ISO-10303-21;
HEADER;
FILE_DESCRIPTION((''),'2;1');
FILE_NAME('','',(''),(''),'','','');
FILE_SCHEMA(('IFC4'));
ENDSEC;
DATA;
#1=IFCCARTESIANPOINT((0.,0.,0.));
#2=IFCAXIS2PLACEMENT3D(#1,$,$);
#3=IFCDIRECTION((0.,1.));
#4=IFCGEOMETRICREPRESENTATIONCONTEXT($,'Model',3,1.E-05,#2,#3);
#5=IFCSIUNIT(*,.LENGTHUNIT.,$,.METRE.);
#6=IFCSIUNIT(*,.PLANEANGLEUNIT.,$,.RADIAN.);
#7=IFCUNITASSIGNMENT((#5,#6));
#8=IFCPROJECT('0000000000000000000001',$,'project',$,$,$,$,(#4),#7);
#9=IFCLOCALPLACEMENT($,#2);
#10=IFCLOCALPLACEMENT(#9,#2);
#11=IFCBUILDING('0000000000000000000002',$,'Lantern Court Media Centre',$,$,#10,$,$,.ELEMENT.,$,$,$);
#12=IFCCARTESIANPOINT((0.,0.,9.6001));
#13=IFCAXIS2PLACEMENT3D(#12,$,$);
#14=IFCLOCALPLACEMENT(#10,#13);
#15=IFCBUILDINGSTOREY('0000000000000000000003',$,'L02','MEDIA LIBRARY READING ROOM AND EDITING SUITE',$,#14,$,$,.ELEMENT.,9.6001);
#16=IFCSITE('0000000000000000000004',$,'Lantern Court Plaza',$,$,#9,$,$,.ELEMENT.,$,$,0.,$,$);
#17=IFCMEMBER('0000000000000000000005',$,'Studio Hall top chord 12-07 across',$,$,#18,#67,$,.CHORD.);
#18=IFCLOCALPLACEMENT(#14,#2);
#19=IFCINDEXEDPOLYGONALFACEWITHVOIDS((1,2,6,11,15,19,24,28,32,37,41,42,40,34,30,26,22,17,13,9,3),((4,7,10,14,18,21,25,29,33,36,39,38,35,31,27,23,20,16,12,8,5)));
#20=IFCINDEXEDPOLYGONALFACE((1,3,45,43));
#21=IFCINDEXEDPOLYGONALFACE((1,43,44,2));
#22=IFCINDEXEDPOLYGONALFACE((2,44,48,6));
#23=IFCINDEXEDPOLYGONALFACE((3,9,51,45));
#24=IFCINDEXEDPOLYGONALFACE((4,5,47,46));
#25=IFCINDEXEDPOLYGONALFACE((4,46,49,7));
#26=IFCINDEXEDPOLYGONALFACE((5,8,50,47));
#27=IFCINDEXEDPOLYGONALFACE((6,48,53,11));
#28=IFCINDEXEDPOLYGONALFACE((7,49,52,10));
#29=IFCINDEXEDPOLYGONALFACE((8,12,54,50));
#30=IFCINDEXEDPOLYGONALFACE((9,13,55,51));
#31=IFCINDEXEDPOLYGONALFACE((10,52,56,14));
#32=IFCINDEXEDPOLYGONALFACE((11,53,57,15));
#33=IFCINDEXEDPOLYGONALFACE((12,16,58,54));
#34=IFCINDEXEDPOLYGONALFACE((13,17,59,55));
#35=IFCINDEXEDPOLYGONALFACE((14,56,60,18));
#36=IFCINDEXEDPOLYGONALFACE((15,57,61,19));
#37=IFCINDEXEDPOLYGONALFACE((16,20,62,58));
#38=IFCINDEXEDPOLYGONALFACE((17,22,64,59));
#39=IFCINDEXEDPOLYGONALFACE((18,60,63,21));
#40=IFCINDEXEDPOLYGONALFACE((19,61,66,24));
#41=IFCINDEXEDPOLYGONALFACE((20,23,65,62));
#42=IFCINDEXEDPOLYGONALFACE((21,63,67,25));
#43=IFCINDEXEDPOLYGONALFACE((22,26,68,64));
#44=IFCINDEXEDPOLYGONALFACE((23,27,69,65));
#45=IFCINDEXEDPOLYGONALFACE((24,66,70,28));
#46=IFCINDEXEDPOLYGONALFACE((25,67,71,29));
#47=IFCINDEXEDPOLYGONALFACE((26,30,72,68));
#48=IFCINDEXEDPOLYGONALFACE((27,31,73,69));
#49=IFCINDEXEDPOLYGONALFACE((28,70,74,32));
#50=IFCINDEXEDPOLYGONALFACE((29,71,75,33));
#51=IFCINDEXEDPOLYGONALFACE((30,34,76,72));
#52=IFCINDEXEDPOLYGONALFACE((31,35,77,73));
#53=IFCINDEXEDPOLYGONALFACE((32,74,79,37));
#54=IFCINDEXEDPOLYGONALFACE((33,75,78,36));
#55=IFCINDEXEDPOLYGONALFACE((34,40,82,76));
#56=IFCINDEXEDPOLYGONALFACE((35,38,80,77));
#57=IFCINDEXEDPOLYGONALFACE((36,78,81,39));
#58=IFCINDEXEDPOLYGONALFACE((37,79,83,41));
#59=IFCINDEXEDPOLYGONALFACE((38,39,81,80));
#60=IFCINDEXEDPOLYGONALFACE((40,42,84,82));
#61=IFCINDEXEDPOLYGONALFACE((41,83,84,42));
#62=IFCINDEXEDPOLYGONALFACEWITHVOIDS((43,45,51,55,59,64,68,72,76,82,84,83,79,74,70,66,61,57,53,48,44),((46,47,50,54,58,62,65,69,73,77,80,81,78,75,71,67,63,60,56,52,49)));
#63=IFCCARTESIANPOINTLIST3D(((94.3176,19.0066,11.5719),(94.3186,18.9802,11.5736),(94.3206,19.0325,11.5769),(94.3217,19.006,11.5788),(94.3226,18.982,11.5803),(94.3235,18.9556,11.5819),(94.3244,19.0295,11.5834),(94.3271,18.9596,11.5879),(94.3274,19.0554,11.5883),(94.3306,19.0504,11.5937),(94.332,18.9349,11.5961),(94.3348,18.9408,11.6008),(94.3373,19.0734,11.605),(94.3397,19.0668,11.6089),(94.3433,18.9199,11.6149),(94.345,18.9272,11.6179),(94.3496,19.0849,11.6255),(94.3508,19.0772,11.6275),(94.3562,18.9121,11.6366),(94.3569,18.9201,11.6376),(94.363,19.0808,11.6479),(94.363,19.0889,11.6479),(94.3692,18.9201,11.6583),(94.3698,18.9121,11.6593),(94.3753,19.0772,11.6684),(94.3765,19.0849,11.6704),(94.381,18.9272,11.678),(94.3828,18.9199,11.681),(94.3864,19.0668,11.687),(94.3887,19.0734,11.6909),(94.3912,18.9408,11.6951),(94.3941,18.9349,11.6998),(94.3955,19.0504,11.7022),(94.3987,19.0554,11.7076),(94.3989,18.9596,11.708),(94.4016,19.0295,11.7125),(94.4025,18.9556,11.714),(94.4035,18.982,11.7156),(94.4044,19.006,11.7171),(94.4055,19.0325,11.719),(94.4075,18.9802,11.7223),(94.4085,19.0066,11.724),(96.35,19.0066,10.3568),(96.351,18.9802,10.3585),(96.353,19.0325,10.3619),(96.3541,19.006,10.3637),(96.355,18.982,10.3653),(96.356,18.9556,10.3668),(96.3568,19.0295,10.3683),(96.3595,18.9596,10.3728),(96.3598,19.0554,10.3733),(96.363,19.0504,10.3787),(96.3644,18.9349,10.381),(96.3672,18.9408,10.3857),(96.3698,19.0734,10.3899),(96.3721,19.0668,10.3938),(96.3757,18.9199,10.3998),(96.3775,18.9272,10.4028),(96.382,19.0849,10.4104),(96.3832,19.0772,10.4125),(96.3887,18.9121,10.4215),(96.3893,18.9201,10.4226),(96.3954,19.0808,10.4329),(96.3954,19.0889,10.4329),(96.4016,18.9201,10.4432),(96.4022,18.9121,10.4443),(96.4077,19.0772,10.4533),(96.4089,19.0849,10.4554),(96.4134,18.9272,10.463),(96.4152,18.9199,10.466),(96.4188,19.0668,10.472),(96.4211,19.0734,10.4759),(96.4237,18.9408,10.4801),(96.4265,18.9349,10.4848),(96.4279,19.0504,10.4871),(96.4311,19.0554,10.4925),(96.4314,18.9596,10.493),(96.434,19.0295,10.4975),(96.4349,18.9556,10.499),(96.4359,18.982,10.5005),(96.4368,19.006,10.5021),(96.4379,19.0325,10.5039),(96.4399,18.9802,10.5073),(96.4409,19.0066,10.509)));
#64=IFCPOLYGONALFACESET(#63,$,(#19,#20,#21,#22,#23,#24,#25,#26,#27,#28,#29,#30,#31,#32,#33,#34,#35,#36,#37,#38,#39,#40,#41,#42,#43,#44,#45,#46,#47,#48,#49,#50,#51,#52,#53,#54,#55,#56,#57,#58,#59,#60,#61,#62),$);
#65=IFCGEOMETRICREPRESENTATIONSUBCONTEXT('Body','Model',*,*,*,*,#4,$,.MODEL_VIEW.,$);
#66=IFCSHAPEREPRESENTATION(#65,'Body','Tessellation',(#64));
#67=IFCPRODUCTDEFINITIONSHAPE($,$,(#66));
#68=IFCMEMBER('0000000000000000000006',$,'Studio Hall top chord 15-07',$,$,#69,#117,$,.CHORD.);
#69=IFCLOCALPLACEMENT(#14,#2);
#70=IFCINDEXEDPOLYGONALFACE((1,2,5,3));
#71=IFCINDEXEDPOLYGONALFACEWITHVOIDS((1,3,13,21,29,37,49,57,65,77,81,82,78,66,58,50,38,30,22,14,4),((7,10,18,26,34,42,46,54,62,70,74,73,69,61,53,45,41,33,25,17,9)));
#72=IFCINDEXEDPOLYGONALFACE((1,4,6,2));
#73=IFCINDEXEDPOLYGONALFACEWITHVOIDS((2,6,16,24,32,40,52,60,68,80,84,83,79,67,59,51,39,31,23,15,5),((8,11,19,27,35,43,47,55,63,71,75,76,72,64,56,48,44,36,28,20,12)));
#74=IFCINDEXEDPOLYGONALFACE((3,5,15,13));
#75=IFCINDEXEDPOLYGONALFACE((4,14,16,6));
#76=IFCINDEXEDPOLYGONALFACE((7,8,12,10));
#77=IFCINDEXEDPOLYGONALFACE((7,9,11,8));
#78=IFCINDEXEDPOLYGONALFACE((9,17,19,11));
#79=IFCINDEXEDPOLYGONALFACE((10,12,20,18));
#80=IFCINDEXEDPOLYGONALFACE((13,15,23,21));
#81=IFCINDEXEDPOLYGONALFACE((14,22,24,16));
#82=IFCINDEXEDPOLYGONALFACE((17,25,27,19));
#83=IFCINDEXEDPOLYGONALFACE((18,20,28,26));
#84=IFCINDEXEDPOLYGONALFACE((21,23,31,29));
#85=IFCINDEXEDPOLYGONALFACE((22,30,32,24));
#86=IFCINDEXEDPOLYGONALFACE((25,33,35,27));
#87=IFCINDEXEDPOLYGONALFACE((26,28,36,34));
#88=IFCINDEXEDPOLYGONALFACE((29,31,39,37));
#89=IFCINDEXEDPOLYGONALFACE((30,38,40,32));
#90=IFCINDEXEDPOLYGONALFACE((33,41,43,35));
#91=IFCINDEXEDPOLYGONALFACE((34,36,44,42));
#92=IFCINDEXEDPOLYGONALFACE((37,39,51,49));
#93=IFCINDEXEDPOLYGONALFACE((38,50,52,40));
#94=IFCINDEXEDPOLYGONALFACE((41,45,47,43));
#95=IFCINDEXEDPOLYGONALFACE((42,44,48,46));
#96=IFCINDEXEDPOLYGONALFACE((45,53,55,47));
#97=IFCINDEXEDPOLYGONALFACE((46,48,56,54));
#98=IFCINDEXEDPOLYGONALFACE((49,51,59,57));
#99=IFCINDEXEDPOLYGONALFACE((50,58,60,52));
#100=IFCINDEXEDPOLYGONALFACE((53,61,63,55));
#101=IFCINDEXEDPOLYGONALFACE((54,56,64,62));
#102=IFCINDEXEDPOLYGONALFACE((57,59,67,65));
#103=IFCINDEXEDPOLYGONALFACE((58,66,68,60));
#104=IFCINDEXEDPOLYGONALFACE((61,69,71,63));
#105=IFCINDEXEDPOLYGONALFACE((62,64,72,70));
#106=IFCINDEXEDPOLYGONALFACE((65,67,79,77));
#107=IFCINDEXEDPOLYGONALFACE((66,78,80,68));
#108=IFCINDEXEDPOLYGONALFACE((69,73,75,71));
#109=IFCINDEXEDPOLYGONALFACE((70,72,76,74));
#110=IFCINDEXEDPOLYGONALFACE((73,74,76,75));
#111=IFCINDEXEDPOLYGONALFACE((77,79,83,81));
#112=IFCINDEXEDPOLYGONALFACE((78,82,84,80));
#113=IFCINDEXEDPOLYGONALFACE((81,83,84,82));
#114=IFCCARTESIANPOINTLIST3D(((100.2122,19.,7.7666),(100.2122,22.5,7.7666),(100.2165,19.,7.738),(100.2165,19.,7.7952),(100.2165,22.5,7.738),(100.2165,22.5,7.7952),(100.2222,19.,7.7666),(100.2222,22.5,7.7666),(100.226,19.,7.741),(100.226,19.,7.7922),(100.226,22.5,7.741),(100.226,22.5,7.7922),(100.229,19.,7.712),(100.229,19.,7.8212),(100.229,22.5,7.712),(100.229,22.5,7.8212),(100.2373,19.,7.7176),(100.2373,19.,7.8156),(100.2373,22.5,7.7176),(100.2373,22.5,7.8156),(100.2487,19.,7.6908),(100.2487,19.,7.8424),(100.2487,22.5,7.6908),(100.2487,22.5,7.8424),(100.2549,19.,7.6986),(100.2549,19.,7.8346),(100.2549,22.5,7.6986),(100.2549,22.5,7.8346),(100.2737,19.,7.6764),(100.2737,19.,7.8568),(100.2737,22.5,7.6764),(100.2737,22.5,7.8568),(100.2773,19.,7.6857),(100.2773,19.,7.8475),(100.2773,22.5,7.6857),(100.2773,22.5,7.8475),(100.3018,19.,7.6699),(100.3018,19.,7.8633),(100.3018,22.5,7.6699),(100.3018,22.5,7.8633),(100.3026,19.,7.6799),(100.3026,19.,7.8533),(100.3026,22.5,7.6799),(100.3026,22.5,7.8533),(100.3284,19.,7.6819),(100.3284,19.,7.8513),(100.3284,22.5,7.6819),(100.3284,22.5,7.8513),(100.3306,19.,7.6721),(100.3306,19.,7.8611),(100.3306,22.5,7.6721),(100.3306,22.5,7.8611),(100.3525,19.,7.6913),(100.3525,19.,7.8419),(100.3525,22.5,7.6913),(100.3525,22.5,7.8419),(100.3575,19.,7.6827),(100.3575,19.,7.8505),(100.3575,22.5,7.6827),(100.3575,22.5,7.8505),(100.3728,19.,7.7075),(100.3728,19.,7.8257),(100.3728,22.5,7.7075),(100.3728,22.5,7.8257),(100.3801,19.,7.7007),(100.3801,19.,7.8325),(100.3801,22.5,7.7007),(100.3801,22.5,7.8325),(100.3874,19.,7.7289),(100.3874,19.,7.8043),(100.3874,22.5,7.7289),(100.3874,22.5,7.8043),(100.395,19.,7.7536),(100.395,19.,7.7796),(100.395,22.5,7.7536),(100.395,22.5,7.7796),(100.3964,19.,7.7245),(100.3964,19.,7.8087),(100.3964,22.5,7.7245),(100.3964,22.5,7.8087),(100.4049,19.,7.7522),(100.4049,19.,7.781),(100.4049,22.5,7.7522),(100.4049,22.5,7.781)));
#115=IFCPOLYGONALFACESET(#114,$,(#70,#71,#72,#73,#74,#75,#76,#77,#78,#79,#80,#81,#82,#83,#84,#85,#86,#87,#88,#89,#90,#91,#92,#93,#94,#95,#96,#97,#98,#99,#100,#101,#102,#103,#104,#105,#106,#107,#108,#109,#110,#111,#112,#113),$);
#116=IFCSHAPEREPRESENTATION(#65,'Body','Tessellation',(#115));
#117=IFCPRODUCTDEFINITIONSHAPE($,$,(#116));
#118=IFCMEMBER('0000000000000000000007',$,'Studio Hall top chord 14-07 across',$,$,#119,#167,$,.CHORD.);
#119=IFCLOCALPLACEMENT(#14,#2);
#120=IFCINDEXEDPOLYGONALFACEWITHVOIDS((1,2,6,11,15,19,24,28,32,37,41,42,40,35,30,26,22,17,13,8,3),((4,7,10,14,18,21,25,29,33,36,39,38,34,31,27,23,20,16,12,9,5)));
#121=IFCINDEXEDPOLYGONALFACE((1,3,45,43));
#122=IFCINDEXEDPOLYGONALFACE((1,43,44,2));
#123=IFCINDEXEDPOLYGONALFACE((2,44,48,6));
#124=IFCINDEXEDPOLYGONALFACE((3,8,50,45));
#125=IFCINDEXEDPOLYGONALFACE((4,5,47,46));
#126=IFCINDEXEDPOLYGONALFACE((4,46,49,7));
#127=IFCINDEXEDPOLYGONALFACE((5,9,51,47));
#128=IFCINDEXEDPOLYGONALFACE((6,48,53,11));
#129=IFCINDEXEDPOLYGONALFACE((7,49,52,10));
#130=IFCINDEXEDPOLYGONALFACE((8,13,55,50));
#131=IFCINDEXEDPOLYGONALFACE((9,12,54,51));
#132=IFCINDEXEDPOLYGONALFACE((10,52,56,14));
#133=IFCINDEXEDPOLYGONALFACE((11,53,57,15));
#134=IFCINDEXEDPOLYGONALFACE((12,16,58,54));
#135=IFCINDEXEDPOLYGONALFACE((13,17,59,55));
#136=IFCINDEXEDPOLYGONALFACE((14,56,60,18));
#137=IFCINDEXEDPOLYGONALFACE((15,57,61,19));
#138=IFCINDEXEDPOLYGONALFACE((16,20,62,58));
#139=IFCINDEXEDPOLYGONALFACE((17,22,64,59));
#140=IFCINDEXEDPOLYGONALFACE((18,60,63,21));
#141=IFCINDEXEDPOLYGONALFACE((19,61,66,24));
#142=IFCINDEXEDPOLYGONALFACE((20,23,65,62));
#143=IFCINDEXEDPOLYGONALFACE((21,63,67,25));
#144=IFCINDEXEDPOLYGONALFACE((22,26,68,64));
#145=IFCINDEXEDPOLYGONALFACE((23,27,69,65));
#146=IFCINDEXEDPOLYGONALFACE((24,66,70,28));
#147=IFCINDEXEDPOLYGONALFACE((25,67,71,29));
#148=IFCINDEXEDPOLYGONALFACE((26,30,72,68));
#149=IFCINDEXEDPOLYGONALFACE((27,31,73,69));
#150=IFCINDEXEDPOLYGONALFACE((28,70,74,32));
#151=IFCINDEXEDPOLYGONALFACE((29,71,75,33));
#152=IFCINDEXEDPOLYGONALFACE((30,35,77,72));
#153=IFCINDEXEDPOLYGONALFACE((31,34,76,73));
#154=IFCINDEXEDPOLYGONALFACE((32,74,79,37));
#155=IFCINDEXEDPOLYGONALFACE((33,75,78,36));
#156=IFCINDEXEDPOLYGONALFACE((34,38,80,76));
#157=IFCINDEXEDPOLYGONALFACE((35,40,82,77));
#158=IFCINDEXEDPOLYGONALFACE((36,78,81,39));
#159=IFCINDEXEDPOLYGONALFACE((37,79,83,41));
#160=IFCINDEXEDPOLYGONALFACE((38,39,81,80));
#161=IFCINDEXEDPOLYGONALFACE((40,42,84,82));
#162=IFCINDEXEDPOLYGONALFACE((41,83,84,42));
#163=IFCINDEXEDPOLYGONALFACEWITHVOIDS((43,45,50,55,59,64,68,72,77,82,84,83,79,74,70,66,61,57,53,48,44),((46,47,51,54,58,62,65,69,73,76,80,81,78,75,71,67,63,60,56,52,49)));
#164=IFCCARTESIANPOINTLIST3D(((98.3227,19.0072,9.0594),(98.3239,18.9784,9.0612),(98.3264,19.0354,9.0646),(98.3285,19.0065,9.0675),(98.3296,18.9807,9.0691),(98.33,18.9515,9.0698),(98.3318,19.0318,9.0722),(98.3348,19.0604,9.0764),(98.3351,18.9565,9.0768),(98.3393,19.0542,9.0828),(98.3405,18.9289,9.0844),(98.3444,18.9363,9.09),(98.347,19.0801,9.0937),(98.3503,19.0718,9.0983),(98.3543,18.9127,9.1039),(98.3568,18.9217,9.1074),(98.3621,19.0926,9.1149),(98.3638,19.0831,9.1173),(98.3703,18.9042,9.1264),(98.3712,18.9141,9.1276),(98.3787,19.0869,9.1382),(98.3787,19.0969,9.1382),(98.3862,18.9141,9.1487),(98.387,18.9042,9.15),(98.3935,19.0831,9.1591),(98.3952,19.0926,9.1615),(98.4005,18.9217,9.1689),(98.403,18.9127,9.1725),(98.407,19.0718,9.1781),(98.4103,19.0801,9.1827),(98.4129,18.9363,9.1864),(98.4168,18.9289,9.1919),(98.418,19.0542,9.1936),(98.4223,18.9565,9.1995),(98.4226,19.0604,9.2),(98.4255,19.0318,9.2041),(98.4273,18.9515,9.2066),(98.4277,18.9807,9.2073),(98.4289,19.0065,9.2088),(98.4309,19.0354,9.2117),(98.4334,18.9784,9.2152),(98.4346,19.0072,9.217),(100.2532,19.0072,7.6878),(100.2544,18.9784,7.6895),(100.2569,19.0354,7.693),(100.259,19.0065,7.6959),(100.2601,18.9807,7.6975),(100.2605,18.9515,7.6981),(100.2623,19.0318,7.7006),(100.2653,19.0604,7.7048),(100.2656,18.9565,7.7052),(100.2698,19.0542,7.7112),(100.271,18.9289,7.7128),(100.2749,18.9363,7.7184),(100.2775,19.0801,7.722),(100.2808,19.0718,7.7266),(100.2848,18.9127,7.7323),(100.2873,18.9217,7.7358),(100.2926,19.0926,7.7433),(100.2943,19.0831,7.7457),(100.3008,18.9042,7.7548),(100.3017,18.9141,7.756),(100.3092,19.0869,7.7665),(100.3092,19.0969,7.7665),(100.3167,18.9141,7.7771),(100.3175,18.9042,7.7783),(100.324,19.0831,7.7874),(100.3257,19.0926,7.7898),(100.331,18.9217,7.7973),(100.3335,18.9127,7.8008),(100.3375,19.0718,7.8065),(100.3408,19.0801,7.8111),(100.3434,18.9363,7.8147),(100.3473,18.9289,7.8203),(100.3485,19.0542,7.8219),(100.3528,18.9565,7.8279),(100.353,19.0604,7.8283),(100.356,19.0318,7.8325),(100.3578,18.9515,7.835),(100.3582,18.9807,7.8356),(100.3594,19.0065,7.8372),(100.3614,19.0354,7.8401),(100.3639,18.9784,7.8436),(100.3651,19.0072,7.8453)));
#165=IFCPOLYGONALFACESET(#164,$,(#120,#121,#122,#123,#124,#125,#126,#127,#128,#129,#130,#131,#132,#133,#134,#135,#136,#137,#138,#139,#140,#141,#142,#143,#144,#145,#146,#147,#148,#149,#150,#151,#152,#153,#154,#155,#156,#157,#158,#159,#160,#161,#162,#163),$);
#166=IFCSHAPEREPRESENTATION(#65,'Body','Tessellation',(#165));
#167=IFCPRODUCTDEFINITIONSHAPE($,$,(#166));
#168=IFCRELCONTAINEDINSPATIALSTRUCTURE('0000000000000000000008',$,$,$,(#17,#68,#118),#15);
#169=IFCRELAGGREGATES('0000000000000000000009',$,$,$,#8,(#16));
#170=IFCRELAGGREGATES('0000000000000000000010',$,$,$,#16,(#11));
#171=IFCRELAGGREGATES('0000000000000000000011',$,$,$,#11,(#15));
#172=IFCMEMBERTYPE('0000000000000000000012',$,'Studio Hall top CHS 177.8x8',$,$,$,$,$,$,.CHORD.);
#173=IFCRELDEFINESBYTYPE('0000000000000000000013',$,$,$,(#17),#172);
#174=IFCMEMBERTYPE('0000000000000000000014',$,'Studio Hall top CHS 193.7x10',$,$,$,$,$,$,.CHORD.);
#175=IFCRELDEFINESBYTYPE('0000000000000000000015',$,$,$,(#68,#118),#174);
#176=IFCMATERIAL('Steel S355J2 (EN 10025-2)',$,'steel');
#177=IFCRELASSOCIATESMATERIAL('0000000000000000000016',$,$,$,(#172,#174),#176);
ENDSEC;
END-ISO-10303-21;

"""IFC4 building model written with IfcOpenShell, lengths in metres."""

from ifc_helpers import new_model, si_unit, direction, frame, origin, origin_2d, place, context, subcontext, project, spatial, hollow_circle, extrude, material, material_profile, profile_set, type_object, element, save


model = new_model("IFC4")

# Units and contexts
model_context = context("Model", 3, precision=1e-05, world=origin(), true_north=direction((0.0, 1.0)))
body_context = subcontext(model_context, "Body", "Model", "MODEL_VIEW")
ifc_project = project(units=[si_unit("LENGTHUNIT", "METRE"), si_unit("PLANEANGLEUNIT", "RADIAN")], contexts=[model_context])

# Site, building, storey
site_placement = place(None, origin())
site = spatial("IfcSite", under=ifc_project, at=site_placement, Name="Lantern Court Plaza", CompositionType="ELEMENT", RefElevation=0.0)
building_placement = place(site_placement, origin())
building = spatial("IfcBuilding", under=site, at=building_placement, Name="Lantern Court Media Centre", CompositionType="ELEMENT")
storey_placement = place(building_placement, frame((0.0, 0.0, 9.6001)))
storey = spatial("IfcBuildingStorey", under=building, at=storey_placement, Name="L02", Description="MEDIA LIBRARY READING ROOM AND EDITING SUITE", CompositionType="ELEMENT", Elevation=9.6001)

# Members
ifc_material = material(Name="Steel S355J2 (EN 10025-2)", Category="steel")
ifc_material_profile_1 = material_profile(ifc_material, hollow_circle(Radius=0.0889, WallThickness=0.0081, at=origin_2d()), Name="Studio Hall top CHS 177.8x8")
ifc_profile_set_1 = profile_set([ifc_material_profile_1], Name="Steel S355J2 (EN 10025-2)")
member_type_1 = type_object("IfcMemberType", Name="Studio Hall top CHS 177.8x8", PredefinedType="CHORD", material=ifc_profile_set_1)
for number, where, z_axis, x_axis, name in (
    (1, (94.363, 19.0, 11.6479), (0.858311, 0.0, -0.513131), (0.0, 1.0, 0.0), "Studio Hall top chord 12-07 across"),
):
    element("IfcMember", number, at=place(storey_placement, frame(where, z_axis=z_axis, x_axis=x_axis)), inside=storey, type_object=member_type_1, Name=name, PredefinedType="CHORD", context=body_context, shape_type="SweptSolid", body=[
        extrude(hollow_circle(Radius=0.0889, WallThickness=0.0081, at=origin_2d()), origin(), (0.0, 0.0, 1.0), 2.3679),
    ])
ifc_material_profile_2 = material_profile(ifc_material, hollow_circle(Radius=0.0969, WallThickness=0.01, at=origin_2d()), Name="Studio Hall top CHS 193.7x10")
ifc_profile_set_2 = profile_set([ifc_material_profile_2], Name="Steel S355J2 (EN 10025-2)")
member_type_2 = type_object("IfcMemberType", Name="Studio Hall top CHS 193.7x10", PredefinedType="CHORD", material=ifc_profile_set_2)
member_1_placement = place(storey_placement, frame((100.3091, 19.0, 7.7666), z_axis=(0.0, 1.0, 0.0), x_axis=(-1.0, 0.0, 0.0)))
element("IfcMember", 2, at=member_1_placement, inside=storey, type_object=member_type_2, Name="Studio Hall top chord 15-07", PredefinedType="CHORD", context=body_context, shape_type="SweptSolid", body=[
    extrude(hollow_circle(Radius=0.0969, WallThickness=0.01, at=origin_2d()), origin(), (0.0, 0.0, 1.0), 3.5),
])
member_2_placement = place(storey_placement, frame((98.3787, 19.0, 9.1382), z_axis=(0.815187, 0.0, -0.579198), x_axis=(0.0, 1.0, 0.0)))
element("IfcMember", 3, at=member_2_placement, inside=storey, type_object=member_type_2, Name="Studio Hall top chord 14-07 across", PredefinedType="CHORD", context=body_context, shape_type="SweptSolid", body=[
    extrude(hollow_circle(Radius=0.0969, WallThickness=0.01, at=origin_2d()), origin(), (0.0, 0.0, 1.0), 2.3682),
])

save(model, "model.ifc")
